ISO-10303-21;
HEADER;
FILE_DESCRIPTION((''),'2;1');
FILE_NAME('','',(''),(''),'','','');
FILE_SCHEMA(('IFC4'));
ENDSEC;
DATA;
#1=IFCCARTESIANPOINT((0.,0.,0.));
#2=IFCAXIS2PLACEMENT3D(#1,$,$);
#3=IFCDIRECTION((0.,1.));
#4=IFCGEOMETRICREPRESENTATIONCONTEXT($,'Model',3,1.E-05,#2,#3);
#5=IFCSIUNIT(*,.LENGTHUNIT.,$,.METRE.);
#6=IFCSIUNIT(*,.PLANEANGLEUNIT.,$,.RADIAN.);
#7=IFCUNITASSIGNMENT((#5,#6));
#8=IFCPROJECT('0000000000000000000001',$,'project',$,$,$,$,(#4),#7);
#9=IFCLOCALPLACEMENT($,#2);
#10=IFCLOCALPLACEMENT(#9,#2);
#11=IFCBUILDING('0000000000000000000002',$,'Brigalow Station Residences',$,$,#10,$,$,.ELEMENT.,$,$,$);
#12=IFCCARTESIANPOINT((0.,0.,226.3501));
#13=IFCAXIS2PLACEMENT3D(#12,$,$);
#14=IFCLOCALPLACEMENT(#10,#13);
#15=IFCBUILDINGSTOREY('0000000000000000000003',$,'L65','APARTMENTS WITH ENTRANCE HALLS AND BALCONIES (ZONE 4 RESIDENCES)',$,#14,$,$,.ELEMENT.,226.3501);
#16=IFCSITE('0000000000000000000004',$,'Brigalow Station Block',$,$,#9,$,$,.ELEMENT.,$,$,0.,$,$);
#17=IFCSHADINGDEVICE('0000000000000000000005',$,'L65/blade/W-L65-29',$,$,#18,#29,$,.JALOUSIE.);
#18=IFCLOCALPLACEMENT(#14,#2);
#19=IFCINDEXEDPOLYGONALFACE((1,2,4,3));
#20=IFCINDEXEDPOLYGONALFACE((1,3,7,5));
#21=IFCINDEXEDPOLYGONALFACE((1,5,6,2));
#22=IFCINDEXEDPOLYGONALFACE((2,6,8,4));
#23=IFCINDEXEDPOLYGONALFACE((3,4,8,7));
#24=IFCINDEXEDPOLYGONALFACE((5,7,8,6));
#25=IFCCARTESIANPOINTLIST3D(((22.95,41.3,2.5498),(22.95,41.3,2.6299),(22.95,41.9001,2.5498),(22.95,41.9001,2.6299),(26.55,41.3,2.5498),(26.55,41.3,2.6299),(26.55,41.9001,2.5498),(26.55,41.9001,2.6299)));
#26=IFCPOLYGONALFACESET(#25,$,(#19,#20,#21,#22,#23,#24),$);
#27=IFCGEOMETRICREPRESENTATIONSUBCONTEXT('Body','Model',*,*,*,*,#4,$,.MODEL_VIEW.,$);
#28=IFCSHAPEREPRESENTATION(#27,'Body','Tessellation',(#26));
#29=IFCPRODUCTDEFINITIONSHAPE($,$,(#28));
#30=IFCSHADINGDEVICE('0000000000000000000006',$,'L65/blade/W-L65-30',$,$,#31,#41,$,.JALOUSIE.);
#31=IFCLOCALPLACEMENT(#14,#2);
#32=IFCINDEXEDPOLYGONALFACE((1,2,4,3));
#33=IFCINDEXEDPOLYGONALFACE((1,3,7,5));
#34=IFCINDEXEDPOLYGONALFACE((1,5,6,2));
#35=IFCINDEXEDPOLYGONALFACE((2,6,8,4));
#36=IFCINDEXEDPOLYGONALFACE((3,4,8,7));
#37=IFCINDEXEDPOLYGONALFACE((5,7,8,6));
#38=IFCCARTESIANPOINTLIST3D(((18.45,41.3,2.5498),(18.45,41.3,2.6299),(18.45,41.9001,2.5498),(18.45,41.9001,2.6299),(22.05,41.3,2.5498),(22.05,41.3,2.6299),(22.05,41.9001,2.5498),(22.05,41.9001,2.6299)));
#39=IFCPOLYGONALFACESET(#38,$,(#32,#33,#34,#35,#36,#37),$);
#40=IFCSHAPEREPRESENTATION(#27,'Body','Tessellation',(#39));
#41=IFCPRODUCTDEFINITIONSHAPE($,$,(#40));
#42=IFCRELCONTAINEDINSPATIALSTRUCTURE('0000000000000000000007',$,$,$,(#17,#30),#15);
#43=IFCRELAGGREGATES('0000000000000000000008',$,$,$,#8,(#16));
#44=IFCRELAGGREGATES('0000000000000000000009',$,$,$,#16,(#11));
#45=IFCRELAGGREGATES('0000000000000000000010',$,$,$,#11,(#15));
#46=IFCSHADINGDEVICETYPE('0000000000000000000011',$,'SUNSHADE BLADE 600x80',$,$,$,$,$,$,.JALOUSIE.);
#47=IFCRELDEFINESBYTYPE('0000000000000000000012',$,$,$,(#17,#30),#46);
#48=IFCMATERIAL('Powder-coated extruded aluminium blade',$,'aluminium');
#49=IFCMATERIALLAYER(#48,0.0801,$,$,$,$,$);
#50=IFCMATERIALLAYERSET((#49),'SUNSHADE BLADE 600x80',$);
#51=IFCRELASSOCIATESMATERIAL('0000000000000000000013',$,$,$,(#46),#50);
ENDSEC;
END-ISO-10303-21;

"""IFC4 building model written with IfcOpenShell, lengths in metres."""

from ifc_helpers import new_model, si_unit, direction, frame, origin, origin_2d, place, context, subcontext, project, spatial, rectangle, extrude, material, layer, layer_set, type_object, element, save


model = new_model("IFC4")

# Units and contexts
model_context = context("Model", 3, precision=1e-05, world=origin(), true_north=direction((0.0, 1.0)))
body_context = subcontext(model_context, "Body", "Model", "MODEL_VIEW")
ifc_project = project(units=[si_unit("LENGTHUNIT", "METRE"), si_unit("PLANEANGLEUNIT", "RADIAN")], contexts=[model_context])

# Site, building, storey
site_placement = place(None, origin())
site = spatial("IfcSite", under=ifc_project, at=site_placement, Name="Brigalow Station Block", CompositionType="ELEMENT", RefElevation=0.0)
building_placement = place(site_placement, origin())
building = spatial("IfcBuilding", under=site, at=building_placement, Name="Brigalow Station Residences", CompositionType="ELEMENT")
storey_placement = place(building_placement, frame((0.0, 0.0, 226.3501)))
storey = spatial("IfcBuildingStorey", under=building, at=storey_placement, Name="L65", Description="APARTMENTS WITH ENTRANCE HALLS AND BALCONIES (ZONE 4 RESIDENCES)", CompositionType="ELEMENT", Elevation=226.3501)

# Shading devices
ifc_material_1 = material(Name="Powder-coated extruded aluminium blade", Category="aluminium")
ifc_layer_1 = layer(ifc_material_1, 0.0801)
ifc_layer_set_1 = layer_set([ifc_layer_1], Name="SUNSHADE BLADE 600x80")
shading_device_type = type_object("IfcShadingDeviceType", Name="SUNSHADE BLADE 600x80", PredefinedType="JALOUSIE", material=ifc_layer_set_1)
for number, where, z_axis, x_axis, name in (
    (1, (24.75, 41.6001, 2.5498), (0.0, 0.0, 1.0), (-1.0, 0.0, 0.0), "L65/blade/W-L65-29"),
    (2, (20.25, 41.6001, 2.5498), (0.0, 0.0, 1.0), (-1.0, 0.0, 0.0), "L65/blade/W-L65-30"),
):
    element("IfcShadingDevice", number, at=place(storey_placement, frame(where, z_axis=z_axis, x_axis=x_axis)), inside=storey, type_object=shading_device_type, Name=name, PredefinedType="JALOUSIE", context=body_context, shape_type="SweptSolid", body=[
        extrude(rectangle(XDim=3.6001, YDim=0.6001, at=origin_2d()), origin(), (0.0, 0.0, 1.0), 0.0801),
    ])

save(model, "model.ifc")
